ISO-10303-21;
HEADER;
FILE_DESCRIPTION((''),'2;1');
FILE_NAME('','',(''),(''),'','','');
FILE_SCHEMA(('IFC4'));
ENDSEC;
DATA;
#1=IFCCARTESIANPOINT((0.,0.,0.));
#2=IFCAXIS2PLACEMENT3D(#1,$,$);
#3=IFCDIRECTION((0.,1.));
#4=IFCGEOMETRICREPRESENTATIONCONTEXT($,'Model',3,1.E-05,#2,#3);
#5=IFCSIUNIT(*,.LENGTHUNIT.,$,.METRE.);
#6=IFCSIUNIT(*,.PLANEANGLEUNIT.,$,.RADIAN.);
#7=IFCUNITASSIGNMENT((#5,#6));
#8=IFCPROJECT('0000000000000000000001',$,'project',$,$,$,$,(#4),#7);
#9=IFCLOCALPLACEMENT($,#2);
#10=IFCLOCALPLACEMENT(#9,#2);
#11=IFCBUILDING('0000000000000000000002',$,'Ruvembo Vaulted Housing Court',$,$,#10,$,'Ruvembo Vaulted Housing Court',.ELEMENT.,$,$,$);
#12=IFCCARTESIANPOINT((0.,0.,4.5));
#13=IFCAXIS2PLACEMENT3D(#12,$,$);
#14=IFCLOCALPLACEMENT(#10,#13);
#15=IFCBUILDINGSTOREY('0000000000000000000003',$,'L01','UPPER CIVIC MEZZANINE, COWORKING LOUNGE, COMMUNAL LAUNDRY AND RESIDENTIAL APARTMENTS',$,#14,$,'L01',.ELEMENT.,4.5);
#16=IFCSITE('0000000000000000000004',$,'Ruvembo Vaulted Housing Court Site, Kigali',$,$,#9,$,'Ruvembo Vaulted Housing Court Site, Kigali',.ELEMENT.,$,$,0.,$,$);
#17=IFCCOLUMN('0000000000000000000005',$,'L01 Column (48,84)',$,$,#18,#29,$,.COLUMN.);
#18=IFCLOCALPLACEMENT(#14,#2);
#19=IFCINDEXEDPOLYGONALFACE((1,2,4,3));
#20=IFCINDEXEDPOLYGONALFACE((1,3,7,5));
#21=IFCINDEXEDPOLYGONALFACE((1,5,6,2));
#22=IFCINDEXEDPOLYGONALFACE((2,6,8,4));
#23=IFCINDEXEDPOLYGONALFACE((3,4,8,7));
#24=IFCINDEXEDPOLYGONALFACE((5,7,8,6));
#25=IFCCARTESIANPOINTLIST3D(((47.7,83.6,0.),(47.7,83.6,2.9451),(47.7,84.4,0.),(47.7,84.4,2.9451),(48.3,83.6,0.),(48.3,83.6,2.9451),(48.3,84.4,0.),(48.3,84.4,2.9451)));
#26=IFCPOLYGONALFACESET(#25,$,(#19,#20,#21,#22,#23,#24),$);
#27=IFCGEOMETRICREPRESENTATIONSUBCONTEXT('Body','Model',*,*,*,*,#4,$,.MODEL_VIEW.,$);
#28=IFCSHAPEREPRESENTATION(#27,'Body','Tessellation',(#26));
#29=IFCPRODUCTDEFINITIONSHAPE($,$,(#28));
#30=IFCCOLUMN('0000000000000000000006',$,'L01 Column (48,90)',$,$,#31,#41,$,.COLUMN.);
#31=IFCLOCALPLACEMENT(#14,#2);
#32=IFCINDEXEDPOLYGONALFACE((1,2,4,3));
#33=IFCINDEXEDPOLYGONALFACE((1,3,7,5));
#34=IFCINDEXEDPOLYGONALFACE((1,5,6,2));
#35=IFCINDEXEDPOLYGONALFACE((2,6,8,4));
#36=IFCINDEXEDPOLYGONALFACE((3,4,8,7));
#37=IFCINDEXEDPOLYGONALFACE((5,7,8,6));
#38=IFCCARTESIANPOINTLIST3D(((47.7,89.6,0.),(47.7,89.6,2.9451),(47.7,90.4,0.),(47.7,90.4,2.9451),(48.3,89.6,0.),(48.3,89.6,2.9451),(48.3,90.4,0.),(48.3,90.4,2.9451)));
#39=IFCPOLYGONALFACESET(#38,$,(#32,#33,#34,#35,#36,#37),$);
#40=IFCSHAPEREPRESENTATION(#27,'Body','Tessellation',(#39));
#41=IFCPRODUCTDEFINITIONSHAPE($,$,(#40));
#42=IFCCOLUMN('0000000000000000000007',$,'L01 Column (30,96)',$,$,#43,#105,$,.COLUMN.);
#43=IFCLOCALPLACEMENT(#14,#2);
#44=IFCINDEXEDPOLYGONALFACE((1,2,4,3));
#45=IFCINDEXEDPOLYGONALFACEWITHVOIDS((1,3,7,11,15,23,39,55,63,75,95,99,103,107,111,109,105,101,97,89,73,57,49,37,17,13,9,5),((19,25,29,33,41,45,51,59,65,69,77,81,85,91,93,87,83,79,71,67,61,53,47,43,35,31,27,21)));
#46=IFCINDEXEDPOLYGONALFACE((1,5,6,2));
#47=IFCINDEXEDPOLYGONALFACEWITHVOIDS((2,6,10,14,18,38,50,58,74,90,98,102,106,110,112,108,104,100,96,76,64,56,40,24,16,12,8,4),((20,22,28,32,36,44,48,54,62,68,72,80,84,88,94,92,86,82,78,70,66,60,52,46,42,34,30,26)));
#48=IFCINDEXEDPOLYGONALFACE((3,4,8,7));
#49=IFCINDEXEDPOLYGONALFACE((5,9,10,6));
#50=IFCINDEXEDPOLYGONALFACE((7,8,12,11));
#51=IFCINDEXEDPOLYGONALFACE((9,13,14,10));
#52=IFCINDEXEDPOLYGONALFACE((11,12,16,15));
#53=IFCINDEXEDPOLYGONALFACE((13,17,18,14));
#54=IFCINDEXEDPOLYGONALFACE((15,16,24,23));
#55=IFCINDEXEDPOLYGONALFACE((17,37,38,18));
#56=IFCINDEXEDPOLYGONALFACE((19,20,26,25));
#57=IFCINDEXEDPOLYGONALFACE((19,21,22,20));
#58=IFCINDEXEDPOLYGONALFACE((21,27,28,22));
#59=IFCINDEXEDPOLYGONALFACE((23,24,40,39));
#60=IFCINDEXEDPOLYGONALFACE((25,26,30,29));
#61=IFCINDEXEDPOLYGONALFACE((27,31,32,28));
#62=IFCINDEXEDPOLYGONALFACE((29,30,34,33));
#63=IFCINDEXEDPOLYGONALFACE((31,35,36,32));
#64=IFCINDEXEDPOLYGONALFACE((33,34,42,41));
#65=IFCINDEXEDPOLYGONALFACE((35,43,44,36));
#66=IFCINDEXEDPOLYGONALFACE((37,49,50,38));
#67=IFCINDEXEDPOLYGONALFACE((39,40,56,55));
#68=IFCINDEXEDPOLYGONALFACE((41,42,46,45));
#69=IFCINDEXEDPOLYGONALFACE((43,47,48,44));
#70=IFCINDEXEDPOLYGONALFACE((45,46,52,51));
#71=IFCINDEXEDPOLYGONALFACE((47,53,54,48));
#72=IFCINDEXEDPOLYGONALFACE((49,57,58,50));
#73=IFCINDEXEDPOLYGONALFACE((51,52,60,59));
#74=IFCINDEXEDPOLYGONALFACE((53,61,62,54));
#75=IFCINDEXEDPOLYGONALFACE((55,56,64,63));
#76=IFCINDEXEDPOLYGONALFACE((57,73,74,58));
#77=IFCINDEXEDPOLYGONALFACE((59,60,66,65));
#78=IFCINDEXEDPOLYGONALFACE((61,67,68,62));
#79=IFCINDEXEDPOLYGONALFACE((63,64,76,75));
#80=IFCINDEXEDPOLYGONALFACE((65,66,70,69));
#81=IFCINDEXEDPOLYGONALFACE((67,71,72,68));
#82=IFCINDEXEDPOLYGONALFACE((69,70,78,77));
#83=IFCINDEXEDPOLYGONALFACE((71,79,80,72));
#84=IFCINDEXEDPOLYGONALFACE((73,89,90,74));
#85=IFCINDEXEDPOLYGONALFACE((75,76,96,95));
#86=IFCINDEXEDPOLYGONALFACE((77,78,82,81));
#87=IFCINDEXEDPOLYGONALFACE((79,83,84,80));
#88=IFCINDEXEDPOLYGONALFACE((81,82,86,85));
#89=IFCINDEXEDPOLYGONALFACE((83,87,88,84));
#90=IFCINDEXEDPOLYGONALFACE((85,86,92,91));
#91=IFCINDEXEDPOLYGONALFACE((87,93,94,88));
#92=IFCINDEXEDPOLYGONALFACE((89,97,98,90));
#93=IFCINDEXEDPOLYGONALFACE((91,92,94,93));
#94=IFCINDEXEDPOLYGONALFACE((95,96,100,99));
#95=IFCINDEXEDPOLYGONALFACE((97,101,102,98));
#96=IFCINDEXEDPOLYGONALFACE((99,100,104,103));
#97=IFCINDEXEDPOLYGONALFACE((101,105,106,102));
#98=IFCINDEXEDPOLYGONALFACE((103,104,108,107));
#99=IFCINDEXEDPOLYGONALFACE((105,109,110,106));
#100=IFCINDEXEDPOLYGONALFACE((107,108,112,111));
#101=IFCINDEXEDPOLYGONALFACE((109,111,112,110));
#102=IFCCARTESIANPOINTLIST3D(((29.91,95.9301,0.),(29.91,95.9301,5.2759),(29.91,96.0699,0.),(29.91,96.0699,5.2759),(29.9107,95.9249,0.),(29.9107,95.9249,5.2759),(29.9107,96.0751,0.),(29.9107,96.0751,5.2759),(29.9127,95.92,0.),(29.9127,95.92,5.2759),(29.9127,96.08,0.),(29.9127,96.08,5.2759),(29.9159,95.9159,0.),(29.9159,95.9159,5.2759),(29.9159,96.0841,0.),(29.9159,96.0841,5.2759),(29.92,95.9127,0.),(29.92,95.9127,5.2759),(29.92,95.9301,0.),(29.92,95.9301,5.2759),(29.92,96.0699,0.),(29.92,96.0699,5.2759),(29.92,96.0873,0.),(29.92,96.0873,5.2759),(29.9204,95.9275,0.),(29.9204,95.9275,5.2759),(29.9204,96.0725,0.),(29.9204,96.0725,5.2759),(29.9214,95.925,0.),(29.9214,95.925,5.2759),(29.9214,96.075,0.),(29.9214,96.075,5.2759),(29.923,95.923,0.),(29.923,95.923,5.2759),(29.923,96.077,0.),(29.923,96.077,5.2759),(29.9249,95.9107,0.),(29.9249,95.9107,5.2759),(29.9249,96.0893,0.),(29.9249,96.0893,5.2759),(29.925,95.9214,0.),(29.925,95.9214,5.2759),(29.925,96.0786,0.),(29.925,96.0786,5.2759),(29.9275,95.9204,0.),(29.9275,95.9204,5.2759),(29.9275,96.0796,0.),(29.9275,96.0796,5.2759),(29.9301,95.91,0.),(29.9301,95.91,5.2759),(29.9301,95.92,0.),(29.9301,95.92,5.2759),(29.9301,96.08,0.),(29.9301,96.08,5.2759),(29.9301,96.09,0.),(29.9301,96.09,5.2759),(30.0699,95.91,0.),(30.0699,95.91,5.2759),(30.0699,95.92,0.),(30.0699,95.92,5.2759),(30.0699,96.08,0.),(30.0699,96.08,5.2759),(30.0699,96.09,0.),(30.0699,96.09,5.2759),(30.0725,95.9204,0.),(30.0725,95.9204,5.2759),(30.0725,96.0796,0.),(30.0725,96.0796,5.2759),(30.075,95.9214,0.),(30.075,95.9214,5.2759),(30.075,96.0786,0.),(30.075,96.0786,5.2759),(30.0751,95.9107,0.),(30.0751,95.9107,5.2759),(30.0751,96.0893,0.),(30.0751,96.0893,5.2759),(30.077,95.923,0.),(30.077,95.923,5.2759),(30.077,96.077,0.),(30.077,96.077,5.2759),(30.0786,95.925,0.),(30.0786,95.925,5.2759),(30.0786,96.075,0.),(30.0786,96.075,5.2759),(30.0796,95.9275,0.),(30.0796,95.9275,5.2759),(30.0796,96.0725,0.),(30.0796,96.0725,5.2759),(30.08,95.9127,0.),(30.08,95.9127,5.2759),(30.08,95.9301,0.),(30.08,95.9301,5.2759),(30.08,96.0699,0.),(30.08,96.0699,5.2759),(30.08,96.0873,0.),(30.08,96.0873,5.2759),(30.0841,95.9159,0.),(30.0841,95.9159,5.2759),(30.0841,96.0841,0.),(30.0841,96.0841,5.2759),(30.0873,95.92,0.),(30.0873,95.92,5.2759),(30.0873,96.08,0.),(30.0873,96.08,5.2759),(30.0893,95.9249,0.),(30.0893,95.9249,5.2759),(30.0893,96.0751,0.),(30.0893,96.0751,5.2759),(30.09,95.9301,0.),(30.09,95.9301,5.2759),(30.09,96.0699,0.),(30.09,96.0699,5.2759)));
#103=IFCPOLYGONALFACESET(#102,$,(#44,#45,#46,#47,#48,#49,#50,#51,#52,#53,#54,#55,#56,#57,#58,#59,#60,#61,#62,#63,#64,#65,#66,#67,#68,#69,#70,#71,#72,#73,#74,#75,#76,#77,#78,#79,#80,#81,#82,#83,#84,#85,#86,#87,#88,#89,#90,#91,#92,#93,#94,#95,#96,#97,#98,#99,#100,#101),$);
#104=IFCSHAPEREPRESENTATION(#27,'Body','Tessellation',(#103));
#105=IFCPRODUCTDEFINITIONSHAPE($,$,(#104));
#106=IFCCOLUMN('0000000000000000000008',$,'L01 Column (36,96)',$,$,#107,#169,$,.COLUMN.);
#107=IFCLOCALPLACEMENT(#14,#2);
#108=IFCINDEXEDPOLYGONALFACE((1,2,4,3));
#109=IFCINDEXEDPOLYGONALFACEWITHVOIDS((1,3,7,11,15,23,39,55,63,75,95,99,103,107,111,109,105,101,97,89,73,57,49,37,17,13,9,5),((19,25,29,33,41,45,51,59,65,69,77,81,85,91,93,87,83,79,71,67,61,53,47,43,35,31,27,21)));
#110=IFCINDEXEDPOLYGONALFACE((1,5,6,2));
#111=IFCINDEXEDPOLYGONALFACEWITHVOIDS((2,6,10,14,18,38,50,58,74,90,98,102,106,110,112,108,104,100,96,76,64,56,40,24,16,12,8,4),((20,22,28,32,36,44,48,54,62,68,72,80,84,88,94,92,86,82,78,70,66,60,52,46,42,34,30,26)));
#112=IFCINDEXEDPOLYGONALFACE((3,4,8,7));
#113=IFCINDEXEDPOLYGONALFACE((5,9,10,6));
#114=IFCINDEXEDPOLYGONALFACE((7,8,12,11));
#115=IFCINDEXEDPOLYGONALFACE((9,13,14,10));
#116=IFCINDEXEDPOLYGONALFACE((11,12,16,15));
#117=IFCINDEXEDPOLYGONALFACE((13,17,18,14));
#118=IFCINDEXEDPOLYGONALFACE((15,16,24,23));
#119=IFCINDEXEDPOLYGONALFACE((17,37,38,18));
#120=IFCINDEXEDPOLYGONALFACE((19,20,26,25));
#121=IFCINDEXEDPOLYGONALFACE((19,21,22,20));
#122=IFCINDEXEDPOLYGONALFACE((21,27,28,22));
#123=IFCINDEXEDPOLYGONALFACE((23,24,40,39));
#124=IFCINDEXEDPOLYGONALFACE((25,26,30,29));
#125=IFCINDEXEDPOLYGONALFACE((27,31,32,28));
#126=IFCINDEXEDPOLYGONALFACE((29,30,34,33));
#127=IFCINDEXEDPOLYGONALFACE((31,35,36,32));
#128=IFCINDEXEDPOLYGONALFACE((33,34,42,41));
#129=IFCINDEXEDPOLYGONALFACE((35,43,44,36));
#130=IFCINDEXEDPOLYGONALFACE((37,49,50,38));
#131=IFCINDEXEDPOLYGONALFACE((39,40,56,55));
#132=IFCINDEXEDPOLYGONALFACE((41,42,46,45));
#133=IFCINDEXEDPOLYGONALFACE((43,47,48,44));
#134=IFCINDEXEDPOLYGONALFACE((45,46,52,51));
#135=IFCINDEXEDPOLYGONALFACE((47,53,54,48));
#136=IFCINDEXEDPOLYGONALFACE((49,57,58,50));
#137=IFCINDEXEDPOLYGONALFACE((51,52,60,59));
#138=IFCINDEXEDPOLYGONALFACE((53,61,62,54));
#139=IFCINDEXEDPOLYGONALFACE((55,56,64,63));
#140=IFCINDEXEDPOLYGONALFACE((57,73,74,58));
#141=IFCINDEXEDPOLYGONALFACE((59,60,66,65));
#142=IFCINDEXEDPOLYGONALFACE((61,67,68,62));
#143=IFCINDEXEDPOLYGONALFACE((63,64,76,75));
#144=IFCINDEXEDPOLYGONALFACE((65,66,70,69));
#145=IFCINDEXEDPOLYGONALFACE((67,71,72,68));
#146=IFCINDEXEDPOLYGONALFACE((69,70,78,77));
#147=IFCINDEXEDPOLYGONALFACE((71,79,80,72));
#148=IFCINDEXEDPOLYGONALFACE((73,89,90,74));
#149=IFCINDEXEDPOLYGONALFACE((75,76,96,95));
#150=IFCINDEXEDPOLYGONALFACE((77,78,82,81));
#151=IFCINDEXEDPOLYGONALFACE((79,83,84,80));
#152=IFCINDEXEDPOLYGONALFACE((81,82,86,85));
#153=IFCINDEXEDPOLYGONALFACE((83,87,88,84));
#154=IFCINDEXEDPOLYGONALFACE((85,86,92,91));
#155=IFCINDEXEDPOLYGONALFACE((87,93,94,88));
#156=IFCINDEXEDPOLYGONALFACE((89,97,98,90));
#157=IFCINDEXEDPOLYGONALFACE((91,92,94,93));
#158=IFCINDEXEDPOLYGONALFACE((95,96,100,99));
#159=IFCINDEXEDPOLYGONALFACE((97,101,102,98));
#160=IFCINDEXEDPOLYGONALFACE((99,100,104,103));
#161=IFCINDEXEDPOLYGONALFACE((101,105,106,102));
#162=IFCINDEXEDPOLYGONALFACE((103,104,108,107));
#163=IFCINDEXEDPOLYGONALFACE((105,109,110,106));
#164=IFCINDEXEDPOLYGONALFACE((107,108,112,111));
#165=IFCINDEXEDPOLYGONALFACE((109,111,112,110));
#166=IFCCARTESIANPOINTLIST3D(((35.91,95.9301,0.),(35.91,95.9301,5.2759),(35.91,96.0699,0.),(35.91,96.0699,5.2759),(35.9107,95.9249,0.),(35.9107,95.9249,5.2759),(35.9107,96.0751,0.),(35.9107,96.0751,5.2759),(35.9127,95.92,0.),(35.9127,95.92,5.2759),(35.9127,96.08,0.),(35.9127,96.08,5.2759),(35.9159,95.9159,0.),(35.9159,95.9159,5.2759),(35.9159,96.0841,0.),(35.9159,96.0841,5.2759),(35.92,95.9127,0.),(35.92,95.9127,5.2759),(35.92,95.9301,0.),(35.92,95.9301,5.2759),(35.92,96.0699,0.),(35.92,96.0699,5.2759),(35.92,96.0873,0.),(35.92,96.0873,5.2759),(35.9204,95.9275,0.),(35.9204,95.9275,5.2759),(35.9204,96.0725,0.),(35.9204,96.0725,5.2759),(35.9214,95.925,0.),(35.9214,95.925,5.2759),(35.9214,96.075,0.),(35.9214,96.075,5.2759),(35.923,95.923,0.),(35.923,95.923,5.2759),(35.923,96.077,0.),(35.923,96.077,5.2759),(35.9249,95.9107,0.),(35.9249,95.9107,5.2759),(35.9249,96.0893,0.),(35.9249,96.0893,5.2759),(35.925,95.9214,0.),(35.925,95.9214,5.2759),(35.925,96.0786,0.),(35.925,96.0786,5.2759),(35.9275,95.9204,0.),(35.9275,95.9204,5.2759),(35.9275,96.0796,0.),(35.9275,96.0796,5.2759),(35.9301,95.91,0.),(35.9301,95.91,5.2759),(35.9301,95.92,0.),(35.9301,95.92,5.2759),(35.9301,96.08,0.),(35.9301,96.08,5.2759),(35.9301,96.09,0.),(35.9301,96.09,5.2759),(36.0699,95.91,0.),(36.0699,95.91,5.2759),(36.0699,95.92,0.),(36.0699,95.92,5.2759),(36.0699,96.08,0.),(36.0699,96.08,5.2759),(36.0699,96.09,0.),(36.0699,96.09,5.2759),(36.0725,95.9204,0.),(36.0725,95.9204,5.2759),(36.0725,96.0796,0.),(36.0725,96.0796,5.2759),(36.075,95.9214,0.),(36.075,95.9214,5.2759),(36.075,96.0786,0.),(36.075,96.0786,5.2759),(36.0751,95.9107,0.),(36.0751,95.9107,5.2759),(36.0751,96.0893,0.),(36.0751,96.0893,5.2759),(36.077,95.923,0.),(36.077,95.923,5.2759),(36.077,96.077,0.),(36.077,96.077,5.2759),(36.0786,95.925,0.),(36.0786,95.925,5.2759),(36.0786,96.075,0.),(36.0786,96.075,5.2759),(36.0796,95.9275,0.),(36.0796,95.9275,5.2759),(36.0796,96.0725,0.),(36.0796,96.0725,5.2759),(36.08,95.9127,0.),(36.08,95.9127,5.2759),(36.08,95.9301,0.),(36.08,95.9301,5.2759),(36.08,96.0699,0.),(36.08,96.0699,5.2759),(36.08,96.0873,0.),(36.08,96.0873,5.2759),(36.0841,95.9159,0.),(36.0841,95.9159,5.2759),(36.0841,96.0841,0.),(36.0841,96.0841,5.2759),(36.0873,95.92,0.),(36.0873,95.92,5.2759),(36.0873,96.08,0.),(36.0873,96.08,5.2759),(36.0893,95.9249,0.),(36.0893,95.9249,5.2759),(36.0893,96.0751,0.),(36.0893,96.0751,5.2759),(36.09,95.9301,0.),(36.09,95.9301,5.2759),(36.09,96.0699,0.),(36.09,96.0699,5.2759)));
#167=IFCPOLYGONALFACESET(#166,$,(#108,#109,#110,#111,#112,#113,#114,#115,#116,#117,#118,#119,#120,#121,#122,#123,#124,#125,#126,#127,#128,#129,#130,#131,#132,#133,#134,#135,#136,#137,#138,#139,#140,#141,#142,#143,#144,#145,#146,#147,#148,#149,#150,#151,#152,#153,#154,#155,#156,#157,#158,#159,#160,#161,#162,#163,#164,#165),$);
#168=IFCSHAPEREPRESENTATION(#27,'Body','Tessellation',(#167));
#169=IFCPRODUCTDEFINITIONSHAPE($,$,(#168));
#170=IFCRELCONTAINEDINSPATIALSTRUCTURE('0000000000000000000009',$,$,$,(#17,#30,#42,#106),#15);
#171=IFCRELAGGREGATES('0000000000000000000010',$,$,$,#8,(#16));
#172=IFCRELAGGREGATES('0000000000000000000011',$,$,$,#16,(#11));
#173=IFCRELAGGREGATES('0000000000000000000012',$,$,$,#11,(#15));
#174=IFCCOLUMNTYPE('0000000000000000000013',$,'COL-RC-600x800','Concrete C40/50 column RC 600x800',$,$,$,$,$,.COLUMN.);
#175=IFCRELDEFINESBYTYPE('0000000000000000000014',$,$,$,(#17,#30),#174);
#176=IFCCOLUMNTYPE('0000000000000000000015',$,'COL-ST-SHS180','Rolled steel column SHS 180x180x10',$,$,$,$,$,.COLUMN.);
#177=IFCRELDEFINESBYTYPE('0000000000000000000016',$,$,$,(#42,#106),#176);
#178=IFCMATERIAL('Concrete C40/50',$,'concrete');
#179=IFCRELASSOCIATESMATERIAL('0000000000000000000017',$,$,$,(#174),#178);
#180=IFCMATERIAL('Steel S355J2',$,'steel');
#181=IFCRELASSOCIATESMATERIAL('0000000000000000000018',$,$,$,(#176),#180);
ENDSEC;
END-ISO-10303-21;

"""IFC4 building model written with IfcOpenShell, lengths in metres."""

from ifc_helpers import new_model, si_unit, direction, frame, origin, origin_2d, place, context, subcontext, project, spatial, rectangle, hollow_rectangle, extrude, material, material_profile, profile_set, type_object, element, save


model = new_model("IFC4")

# Units and contexts
model_context = context("Model", 3, precision=1e-05, world=origin(), true_north=direction((0.0, 1.0)))
body_context = subcontext(model_context, "Body", "Model", "MODEL_VIEW")
ifc_project = project(units=[si_unit("LENGTHUNIT", "METRE"), si_unit("PLANEANGLEUNIT", "RADIAN")], contexts=[model_context])

# Site, building, storey
site_placement = place(None, origin())
site = spatial("IfcSite", under=ifc_project, at=site_placement, Name="Ruvembo Vaulted Housing Court Site, Kigali", LongName="Ruvembo Vaulted Housing Court Site, Kigali", CompositionType="ELEMENT", RefElevation=0.0)
building_placement = place(site_placement, origin())
building = spatial("IfcBuilding", under=site, at=building_placement, Name="Ruvembo Vaulted Housing Court", LongName="Ruvembo Vaulted Housing Court", CompositionType="ELEMENT")
storey_placement = place(building_placement, frame((0.0, 0.0, 4.5)))
storey = spatial("IfcBuildingStorey", under=building, at=storey_placement, Name="L01", Description="UPPER CIVIC MEZZANINE, COWORKING LOUNGE, COMMUNAL LAUNDRY AND RESIDENTIAL APARTMENTS", LongName="L01", CompositionType="ELEMENT", Elevation=4.5)

# Columns
ifc_material_1 = material(Name="Concrete C40/50", Category="concrete")
ifc_material_profile_1 = material_profile(ifc_material_1, rectangle(XDim=0.6001, YDim=0.8, at=origin_2d()), Name="RC 600x800")
ifc_profile_set_1 = profile_set([ifc_material_profile_1], Name="Concrete C40/50")
column_type_1 = type_object("IfcColumnType", Name="COL-RC-600x800", Description="Concrete C40/50 column RC 600x800", PredefinedType="COLUMN", material=ifc_profile_set_1)
for number, where, z_axis, x_axis, name in (
    (1, (48.0, 84.0, 0.0), (0.0, 0.0, 1.0), (1.0, 0.0, 0.0), "L01 Column (48,84)"),
    (2, (48.0, 90.0, 0.0), (0.0, 0.0, 1.0), (1.0, 0.0, 0.0), "L01 Column (48,90)"),
):
    element("IfcColumn", number, at=place(storey_placement, frame(where, z_axis=z_axis, x_axis=x_axis)), inside=storey, type_object=column_type_1, Name=name, PredefinedType="COLUMN", context=body_context, shape_type="SweptSolid", body=[
        extrude(rectangle(XDim=0.6001, YDim=0.8, at=origin_2d()), origin(), (0.0, 0.0, 1.0), 2.9451),
    ])
ifc_material_2 = material(Name="Steel S355J2", Category="steel")
ifc_material_profile_2 = material_profile(ifc_material_2, hollow_rectangle(XDim=0.1799, YDim=0.1799, WallThickness=0.01, InnerFilletRadius=0.01, OuterFilletRadius=0.02, at=origin_2d()), Name="SHS 180x180x10")
ifc_profile_set_2 = profile_set([ifc_material_profile_2], Name="Steel S355J2")
column_type_2 = type_object("IfcColumnType", Name="COL-ST-SHS180", Description="Rolled steel column SHS 180x180x10", PredefinedType="COLUMN", material=ifc_profile_set_2)
for number, where, z_axis, x_axis, name in (
    (3, (30.0, 96.0, 0.0), (0.0, 0.0, 1.0), (1.0, 0.0, 0.0), "L01 Column (30,96)"),
    (4, (36.0, 96.0, 0.0), (0.0, 0.0, 1.0), (1.0, 0.0, 0.0), "L01 Column (36,96)"),
):
    element("IfcColumn", number, at=place(storey_placement, frame(where, z_axis=z_axis, x_axis=x_axis)), inside=storey, type_object=column_type_2, Name=name, PredefinedType="COLUMN", context=body_context, shape_type="SweptSolid", body=[
        extrude(hollow_rectangle(XDim=0.1799, YDim=0.1799, WallThickness=0.01, InnerFilletRadius=0.01, OuterFilletRadius=0.02, at=origin_2d()), origin(), (0.0, 0.0, 1.0), 5.2759),
    ])

save(model, "model.ifc")
